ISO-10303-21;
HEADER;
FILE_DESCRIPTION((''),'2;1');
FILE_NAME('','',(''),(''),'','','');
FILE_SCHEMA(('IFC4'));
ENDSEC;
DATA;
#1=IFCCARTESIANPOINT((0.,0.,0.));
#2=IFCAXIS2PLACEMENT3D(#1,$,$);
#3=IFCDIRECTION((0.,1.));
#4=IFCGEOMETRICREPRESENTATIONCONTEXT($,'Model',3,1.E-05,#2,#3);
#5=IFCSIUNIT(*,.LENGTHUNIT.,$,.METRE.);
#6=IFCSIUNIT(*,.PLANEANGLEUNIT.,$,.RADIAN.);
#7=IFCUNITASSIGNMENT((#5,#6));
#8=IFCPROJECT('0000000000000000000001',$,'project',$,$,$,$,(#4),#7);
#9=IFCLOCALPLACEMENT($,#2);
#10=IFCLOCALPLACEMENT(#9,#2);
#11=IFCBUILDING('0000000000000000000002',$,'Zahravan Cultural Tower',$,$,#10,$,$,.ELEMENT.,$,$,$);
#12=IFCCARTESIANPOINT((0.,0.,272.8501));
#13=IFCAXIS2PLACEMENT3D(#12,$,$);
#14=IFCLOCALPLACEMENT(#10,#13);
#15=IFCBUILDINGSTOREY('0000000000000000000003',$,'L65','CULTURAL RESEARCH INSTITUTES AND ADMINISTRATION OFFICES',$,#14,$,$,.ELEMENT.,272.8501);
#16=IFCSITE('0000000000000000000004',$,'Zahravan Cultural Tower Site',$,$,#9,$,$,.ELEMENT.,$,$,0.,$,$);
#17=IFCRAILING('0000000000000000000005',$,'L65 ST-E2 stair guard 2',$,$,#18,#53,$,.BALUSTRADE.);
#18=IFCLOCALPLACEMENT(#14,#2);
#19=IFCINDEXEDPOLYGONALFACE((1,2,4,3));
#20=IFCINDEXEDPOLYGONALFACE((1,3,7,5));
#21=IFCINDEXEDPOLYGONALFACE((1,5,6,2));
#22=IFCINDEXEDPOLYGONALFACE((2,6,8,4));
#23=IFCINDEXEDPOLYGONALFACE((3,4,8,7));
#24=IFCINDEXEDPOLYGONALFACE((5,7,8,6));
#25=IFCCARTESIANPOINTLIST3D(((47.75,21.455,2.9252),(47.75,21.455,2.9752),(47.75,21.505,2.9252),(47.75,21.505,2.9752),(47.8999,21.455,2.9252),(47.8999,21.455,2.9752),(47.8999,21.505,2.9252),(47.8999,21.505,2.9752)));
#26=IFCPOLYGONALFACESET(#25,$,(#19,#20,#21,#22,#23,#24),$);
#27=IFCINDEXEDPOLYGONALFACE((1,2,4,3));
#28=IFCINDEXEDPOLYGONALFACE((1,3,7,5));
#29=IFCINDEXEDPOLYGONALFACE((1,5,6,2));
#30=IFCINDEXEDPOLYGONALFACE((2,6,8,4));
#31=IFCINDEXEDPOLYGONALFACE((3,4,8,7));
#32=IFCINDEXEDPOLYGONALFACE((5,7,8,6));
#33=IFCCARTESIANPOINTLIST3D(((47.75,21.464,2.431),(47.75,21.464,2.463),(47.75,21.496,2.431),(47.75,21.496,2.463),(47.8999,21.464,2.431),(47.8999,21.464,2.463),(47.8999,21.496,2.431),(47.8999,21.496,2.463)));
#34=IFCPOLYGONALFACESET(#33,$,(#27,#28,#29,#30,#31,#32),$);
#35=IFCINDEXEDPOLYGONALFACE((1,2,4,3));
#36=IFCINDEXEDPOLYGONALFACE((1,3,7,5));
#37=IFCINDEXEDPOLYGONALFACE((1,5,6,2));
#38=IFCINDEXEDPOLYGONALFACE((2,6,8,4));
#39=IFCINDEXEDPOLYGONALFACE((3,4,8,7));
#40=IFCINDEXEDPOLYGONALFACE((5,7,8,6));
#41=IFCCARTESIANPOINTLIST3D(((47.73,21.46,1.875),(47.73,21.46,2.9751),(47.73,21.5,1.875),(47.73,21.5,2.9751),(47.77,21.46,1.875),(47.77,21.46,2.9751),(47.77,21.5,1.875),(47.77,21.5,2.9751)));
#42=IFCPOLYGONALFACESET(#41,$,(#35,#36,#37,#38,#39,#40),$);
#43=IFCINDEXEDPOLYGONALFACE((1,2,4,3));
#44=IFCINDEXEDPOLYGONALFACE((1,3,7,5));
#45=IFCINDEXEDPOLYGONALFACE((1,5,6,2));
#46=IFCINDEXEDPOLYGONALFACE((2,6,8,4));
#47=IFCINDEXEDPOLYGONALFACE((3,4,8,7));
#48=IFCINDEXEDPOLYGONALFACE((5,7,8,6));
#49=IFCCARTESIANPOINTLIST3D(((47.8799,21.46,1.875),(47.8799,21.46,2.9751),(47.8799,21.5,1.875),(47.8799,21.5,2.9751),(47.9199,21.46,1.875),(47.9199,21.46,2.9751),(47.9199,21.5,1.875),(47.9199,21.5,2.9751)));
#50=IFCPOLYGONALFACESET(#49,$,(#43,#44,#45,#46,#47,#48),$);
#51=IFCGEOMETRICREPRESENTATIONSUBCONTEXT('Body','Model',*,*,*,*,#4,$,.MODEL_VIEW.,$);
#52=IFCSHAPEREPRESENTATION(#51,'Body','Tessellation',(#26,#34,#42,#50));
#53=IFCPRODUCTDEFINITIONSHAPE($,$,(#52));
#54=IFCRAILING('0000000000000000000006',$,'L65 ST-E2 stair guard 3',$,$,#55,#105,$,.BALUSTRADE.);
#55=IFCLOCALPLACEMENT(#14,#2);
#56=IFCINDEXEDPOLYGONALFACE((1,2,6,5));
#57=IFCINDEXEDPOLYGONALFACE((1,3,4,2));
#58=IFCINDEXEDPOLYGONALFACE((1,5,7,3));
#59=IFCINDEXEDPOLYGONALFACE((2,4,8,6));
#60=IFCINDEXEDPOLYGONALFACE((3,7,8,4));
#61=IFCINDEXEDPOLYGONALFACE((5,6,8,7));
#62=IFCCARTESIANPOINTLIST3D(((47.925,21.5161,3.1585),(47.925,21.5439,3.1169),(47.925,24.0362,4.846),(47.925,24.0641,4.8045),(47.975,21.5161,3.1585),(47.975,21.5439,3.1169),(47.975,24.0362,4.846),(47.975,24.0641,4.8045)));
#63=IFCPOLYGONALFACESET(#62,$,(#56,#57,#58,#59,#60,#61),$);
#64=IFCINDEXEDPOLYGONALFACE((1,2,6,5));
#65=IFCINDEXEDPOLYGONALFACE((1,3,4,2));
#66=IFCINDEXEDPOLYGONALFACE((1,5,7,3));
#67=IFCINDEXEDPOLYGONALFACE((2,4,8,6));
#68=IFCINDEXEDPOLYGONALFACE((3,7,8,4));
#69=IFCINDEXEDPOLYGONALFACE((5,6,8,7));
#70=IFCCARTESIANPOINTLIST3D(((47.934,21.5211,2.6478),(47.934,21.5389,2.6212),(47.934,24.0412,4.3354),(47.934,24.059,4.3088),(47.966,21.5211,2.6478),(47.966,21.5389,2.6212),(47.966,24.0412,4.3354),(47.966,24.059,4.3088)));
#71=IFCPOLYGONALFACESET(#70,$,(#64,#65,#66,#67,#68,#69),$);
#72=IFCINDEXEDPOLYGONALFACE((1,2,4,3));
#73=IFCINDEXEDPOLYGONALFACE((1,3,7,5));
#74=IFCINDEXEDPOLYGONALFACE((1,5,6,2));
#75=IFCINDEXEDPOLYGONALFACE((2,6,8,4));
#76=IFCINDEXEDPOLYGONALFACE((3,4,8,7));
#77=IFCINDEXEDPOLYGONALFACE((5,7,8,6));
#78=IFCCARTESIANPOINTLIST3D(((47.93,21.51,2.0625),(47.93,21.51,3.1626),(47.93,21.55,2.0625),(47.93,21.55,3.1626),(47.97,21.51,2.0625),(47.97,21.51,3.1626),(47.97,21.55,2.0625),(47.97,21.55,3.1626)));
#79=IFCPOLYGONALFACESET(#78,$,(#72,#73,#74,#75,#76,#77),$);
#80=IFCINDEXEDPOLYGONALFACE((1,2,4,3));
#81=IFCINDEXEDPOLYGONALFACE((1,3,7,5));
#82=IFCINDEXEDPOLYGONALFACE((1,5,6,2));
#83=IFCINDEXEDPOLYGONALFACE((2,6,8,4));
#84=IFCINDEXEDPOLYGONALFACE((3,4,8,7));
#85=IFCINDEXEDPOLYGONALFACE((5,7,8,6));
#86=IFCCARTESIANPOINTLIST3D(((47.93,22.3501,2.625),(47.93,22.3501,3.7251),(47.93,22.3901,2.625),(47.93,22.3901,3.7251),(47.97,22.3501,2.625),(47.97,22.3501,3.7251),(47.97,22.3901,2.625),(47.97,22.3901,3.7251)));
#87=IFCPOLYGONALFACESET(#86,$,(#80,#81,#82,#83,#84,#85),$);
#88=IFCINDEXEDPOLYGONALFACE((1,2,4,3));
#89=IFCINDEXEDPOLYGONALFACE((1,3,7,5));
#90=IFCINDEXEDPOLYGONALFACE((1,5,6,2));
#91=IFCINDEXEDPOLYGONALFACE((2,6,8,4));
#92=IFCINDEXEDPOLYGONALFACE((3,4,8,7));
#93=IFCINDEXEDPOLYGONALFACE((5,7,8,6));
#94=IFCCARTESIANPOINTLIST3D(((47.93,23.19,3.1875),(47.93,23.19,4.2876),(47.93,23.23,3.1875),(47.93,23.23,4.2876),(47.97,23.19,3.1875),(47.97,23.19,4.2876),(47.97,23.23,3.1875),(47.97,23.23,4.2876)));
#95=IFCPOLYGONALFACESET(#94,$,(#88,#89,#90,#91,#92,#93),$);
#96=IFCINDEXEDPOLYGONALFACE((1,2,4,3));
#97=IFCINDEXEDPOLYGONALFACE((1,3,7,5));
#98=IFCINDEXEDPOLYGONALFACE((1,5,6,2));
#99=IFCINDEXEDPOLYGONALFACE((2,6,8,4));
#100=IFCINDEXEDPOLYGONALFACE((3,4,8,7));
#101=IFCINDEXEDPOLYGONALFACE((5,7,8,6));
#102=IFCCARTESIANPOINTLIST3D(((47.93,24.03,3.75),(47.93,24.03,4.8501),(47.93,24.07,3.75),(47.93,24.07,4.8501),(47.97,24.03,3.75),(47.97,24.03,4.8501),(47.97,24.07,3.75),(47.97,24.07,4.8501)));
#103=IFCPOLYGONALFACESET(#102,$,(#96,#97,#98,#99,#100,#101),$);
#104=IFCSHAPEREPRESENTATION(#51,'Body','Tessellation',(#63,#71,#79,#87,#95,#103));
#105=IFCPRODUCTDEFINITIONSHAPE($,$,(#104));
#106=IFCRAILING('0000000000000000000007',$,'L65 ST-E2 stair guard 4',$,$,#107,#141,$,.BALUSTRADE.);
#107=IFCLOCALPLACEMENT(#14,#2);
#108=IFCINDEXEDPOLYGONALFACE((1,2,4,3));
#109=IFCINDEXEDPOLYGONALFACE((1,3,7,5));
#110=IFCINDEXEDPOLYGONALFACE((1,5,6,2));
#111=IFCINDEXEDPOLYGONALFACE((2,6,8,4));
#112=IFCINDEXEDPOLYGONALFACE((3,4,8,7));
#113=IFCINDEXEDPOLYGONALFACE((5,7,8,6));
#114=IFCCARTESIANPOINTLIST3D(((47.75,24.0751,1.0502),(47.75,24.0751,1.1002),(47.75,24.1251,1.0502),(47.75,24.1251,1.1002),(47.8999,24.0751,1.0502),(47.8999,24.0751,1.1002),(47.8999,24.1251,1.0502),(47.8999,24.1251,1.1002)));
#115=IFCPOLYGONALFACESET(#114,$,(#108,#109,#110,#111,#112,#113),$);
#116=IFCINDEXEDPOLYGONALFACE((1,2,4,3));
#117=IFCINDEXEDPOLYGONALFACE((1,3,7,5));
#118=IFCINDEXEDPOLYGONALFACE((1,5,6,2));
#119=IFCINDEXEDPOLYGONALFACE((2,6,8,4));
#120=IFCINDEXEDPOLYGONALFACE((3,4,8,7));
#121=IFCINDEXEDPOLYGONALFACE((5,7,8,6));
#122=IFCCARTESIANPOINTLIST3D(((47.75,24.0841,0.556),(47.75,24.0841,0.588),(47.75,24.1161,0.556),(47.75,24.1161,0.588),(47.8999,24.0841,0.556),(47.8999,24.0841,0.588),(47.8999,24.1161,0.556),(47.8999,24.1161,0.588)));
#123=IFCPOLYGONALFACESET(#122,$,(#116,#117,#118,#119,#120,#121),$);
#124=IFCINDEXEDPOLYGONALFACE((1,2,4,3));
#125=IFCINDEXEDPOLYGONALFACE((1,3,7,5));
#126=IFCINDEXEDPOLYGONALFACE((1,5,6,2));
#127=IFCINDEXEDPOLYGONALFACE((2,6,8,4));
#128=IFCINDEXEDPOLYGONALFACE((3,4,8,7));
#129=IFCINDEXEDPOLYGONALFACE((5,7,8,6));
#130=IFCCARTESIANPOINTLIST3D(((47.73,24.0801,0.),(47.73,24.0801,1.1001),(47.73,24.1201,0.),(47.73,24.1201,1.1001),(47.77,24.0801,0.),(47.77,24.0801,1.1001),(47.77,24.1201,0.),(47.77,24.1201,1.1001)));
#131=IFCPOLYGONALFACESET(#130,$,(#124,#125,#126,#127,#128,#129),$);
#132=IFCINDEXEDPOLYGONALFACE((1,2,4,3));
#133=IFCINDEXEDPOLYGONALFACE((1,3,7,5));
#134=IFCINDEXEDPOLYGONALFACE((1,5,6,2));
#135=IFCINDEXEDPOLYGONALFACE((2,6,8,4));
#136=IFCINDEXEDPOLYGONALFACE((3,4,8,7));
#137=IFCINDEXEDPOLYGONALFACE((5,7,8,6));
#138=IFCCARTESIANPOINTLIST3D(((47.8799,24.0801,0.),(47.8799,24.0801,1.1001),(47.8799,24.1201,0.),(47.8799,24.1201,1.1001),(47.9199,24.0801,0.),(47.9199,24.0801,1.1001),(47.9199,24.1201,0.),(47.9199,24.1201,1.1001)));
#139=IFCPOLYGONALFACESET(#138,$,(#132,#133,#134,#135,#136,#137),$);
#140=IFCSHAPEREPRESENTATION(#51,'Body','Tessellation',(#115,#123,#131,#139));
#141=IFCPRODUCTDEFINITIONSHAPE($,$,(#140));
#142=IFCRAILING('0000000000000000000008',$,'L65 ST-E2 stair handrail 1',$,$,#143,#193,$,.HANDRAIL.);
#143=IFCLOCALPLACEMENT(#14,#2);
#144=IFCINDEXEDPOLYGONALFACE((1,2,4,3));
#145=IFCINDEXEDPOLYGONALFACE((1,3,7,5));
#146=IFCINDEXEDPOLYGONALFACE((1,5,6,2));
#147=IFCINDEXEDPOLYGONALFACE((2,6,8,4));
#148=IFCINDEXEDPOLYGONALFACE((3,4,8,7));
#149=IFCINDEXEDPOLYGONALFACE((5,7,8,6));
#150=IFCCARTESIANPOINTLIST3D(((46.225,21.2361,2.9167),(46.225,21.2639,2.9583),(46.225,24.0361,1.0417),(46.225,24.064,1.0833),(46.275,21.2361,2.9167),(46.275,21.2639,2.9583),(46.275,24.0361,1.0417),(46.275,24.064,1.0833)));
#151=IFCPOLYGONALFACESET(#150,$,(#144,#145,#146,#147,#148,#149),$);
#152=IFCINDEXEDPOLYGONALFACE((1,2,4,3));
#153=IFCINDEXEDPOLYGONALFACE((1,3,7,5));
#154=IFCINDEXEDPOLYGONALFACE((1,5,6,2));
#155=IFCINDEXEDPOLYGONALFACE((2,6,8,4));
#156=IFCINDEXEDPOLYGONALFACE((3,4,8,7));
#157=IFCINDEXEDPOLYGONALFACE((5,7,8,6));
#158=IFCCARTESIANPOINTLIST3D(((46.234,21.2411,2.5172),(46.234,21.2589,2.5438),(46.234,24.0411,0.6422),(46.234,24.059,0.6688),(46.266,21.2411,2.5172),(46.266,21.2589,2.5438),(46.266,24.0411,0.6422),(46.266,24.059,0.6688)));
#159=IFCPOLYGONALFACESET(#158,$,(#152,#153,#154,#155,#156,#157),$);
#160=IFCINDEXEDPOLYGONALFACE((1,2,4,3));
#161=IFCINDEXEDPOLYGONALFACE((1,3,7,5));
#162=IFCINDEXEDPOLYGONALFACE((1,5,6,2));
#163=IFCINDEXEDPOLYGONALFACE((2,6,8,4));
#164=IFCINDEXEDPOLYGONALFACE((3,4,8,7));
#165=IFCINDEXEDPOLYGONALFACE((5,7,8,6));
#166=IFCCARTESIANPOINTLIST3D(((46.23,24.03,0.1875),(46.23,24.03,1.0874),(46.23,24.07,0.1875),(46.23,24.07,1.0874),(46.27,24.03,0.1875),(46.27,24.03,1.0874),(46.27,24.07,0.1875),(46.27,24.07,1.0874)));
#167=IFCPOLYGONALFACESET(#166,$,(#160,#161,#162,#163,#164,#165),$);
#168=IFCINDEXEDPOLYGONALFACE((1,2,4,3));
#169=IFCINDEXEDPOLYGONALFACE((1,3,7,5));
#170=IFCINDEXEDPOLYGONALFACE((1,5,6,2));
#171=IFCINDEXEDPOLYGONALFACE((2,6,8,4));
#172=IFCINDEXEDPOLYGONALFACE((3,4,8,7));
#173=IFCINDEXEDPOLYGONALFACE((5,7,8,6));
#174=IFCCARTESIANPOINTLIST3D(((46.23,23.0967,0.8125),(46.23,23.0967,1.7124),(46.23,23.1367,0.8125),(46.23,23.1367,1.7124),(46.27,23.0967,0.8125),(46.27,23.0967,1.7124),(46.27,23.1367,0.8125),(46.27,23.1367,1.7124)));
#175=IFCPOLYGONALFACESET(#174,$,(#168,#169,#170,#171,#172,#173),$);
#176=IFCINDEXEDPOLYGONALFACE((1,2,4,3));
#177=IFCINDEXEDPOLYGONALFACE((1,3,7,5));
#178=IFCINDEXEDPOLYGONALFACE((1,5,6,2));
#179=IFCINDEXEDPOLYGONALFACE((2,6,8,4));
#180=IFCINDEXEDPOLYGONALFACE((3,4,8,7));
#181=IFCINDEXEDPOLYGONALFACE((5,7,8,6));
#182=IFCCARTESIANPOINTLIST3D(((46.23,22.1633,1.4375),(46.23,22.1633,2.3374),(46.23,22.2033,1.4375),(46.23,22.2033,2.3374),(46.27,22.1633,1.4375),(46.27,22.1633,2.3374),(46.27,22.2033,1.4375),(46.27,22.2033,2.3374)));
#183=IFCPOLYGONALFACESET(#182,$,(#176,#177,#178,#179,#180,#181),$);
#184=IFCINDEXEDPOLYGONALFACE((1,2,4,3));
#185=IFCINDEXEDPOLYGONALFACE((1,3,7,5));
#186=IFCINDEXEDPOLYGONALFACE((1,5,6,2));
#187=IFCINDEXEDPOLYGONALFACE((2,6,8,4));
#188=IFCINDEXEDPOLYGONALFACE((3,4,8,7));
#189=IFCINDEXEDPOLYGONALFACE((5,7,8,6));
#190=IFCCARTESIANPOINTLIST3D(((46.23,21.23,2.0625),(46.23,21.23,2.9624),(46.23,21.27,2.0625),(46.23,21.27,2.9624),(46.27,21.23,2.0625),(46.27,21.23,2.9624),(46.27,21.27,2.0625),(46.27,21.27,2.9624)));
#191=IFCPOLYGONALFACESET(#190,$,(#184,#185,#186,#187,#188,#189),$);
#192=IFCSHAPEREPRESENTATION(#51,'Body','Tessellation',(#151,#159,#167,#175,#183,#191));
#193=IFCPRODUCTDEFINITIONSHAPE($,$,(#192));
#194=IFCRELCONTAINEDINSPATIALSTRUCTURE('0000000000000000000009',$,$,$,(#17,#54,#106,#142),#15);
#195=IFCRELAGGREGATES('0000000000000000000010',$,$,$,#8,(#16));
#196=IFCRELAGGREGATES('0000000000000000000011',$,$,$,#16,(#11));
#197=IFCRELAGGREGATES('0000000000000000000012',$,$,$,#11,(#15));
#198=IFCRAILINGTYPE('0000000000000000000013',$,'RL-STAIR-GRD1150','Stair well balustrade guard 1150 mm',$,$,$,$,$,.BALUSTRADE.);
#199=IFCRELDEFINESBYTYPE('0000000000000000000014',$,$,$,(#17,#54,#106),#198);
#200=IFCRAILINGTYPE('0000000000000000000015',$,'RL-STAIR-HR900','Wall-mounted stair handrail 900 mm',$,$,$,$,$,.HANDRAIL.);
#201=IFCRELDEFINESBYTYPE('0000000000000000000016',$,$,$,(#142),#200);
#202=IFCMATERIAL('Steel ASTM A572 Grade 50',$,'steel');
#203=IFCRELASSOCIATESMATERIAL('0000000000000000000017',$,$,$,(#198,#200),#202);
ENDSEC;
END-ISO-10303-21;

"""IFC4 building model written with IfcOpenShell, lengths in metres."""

from ifc_helpers import new_model, si_unit, direction, frame, origin, origin_2d, place, context, subcontext, project, spatial, rectangle, extrude, material, type_object, element, save


model = new_model("IFC4")

# Units and contexts
model_context = context("Model", 3, precision=1e-05, world=origin(), true_north=direction((0.0, 1.0)))
body_context = subcontext(model_context, "Body", "Model", "MODEL_VIEW")
ifc_project = project(units=[si_unit("LENGTHUNIT", "METRE"), si_unit("PLANEANGLEUNIT", "RADIAN")], contexts=[model_context])

# Site, building, storey
site_placement = place(None, origin())
site = spatial("IfcSite", under=ifc_project, at=site_placement, Name="Zahravan Cultural Tower Site", CompositionType="ELEMENT", RefElevation=0.0)
building_placement = place(site_placement, origin())
building = spatial("IfcBuilding", under=site, at=building_placement, Name="Zahravan Cultural Tower", CompositionType="ELEMENT")
storey_placement = place(building_placement, frame((0.0, 0.0, 272.8501)))
storey = spatial("IfcBuildingStorey", under=building, at=storey_placement, Name="L65", Description="CULTURAL RESEARCH INSTITUTES AND ADMINISTRATION OFFICES", CompositionType="ELEMENT", Elevation=272.8501)

# Shared definitions
ifc_material_1 = material(Name="Steel ASTM A572 Grade 50", Category="steel")

# Railings
railing_type_1 = type_object("IfcRailingType", Name="RL-STAIR-GRD1150", Description="Stair well balustrade guard 1150 mm", PredefinedType="BALUSTRADE", material=ifc_material_1)
railing_1_placement = place(storey_placement, frame((47.75, 21.48, 1.875)))
element("IfcRailing", 1, at=railing_1_placement, inside=storey, type_object=railing_type_1, Name="L65 ST-E2 stair guard 2", PredefinedType="BALUSTRADE", context=body_context, shape_type="SweptSolid", body=[
    extrude(rectangle(XDim=0.05, YDim=0.05, at=origin_2d()), frame((0.0, 0.0, 1.0752), z_axis=(1.0, 0.0, 0.0), x_axis=(0.0, 1.0, 0.0)), (0.0, 0.0, 1.0), 0.1499),
    extrude(rectangle(XDim=0.032, YDim=0.032, at=origin_2d()), frame((0.0, 0.0, 0.572), z_axis=(1.0, 0.0, 0.0), x_axis=(0.0, 1.0, 0.0)), (0.0, 0.0, 1.0), 0.1499),
    extrude(rectangle(XDim=0.04, YDim=0.04, at=origin_2d()), origin(), (0.0, 0.0, 1.0), 1.1001),
    extrude(rectangle(XDim=0.04, YDim=0.04, at=origin_2d()), frame((0.1499, 0.0, 0.0)), (0.0, 0.0, 1.0), 1.1001),
])
railing_2_placement = place(storey_placement, frame((47.95, 21.53, 2.0625)))
element("IfcRailing", 2, at=railing_2_placement, inside=storey, type_object=railing_type_1, Name="L65 ST-E2 stair guard 3", PredefinedType="BALUSTRADE", context=body_context, shape_type="SweptSolid", body=[
    extrude(rectangle(XDim=0.05, YDim=0.05, at=origin_2d()), frame((0.0, 0.0, 1.0752), z_axis=(0.0, 0.830909, 0.556408), x_axis=(-1.0, 0.0, 0.0)), (0.0, 0.0, 1.0), 3.033),
    extrude(rectangle(XDim=0.032, YDim=0.032, at=origin_2d()), frame((0.0, 0.0, 0.572), z_axis=(0.0, 0.830909, 0.556408), x_axis=(-1.0, 0.0, 0.0)), (0.0, 0.0, 1.0), 3.033),
    extrude(rectangle(XDim=0.04, YDim=0.04, at=origin_2d()), origin(), (0.0, 0.0, 1.0), 1.1001),
    extrude(rectangle(XDim=0.04, YDim=0.04, at=origin_2d()), frame((0.0, 0.8401, 0.5625)), (0.0, 0.0, 1.0), 1.1001),
    extrude(rectangle(XDim=0.04, YDim=0.04, at=origin_2d()), frame((0.0, 1.6799, 1.125)), (0.0, 0.0, 1.0), 1.1001),
    extrude(rectangle(XDim=0.04, YDim=0.04, at=origin_2d()), frame((0.0, 2.52, 1.6875)), (0.0, 0.0, 1.0), 1.1001),
])
railing_3_placement = place(storey_placement, frame((47.75, 24.1001, 0.0)))
element("IfcRailing", 3, at=railing_3_placement, inside=storey, type_object=railing_type_1, Name="L65 ST-E2 stair guard 4", PredefinedType="BALUSTRADE", context=body_context, shape_type="SweptSolid", body=[
    extrude(rectangle(XDim=0.05, YDim=0.05, at=origin_2d()), frame((0.0, 0.0, 1.0752), z_axis=(1.0, 0.0, 0.0), x_axis=(0.0, 1.0, 0.0)), (0.0, 0.0, 1.0), 0.1499),
    extrude(rectangle(XDim=0.032, YDim=0.032, at=origin_2d()), frame((0.0, 0.0, 0.572), z_axis=(1.0, 0.0, 0.0), x_axis=(0.0, 1.0, 0.0)), (0.0, 0.0, 1.0), 0.1499),
    extrude(rectangle(XDim=0.04, YDim=0.04, at=origin_2d()), origin(), (0.0, 0.0, 1.0), 1.1001),
    extrude(rectangle(XDim=0.04, YDim=0.04, at=origin_2d()), frame((0.1499, 0.0, 0.0)), (0.0, 0.0, 1.0), 1.1001),
])
railing_type_2 = type_object("IfcRailingType", Name="RL-STAIR-HR900", Description="Wall-mounted stair handrail 900 mm", PredefinedType="HANDRAIL", material=ifc_material_1)
railing_4_placement = place(storey_placement, frame((46.25, 24.05, 0.1875)))
element("IfcRailing", 4, at=railing_4_placement, inside=storey, type_object=railing_type_2, Name="L65 ST-E2 stair handrail 1", PredefinedType="HANDRAIL", context=body_context, shape_type="SweptSolid", body=[
    extrude(rectangle(XDim=0.05, YDim=0.05, at=origin_2d()), frame((0.0, 0.0, 0.875), z_axis=(0.0, -0.830912, 0.556404), x_axis=(1.0, 0.0, 0.0)), (0.0, 0.0, 1.0), 3.3699),
    extrude(rectangle(XDim=0.032, YDim=0.032, at=origin_2d()), frame((0.0, 0.0, 0.468), z_axis=(0.0, -0.830912, 0.556404), x_axis=(1.0, 0.0, 0.0)), (0.0, 0.0, 1.0), 3.3699),
    extrude(rectangle(XDim=0.04, YDim=0.04, at=origin_2d()), origin(), (0.0, 0.0, 1.0), 0.8999),
    extrude(rectangle(XDim=0.04, YDim=0.04, at=origin_2d()), frame((0.0, -0.9333, 0.625)), (0.0, 0.0, 1.0), 0.8999),
    extrude(rectangle(XDim=0.04, YDim=0.04, at=origin_2d()), frame((0.0, -1.8667, 1.25)), (0.0, 0.0, 1.0), 0.8999),
    extrude(rectangle(XDim=0.04, YDim=0.04, at=origin_2d()), frame((0.0, -2.8, 1.875)), (0.0, 0.0, 1.0), 0.8999),
])

save(model, "model.ifc")
